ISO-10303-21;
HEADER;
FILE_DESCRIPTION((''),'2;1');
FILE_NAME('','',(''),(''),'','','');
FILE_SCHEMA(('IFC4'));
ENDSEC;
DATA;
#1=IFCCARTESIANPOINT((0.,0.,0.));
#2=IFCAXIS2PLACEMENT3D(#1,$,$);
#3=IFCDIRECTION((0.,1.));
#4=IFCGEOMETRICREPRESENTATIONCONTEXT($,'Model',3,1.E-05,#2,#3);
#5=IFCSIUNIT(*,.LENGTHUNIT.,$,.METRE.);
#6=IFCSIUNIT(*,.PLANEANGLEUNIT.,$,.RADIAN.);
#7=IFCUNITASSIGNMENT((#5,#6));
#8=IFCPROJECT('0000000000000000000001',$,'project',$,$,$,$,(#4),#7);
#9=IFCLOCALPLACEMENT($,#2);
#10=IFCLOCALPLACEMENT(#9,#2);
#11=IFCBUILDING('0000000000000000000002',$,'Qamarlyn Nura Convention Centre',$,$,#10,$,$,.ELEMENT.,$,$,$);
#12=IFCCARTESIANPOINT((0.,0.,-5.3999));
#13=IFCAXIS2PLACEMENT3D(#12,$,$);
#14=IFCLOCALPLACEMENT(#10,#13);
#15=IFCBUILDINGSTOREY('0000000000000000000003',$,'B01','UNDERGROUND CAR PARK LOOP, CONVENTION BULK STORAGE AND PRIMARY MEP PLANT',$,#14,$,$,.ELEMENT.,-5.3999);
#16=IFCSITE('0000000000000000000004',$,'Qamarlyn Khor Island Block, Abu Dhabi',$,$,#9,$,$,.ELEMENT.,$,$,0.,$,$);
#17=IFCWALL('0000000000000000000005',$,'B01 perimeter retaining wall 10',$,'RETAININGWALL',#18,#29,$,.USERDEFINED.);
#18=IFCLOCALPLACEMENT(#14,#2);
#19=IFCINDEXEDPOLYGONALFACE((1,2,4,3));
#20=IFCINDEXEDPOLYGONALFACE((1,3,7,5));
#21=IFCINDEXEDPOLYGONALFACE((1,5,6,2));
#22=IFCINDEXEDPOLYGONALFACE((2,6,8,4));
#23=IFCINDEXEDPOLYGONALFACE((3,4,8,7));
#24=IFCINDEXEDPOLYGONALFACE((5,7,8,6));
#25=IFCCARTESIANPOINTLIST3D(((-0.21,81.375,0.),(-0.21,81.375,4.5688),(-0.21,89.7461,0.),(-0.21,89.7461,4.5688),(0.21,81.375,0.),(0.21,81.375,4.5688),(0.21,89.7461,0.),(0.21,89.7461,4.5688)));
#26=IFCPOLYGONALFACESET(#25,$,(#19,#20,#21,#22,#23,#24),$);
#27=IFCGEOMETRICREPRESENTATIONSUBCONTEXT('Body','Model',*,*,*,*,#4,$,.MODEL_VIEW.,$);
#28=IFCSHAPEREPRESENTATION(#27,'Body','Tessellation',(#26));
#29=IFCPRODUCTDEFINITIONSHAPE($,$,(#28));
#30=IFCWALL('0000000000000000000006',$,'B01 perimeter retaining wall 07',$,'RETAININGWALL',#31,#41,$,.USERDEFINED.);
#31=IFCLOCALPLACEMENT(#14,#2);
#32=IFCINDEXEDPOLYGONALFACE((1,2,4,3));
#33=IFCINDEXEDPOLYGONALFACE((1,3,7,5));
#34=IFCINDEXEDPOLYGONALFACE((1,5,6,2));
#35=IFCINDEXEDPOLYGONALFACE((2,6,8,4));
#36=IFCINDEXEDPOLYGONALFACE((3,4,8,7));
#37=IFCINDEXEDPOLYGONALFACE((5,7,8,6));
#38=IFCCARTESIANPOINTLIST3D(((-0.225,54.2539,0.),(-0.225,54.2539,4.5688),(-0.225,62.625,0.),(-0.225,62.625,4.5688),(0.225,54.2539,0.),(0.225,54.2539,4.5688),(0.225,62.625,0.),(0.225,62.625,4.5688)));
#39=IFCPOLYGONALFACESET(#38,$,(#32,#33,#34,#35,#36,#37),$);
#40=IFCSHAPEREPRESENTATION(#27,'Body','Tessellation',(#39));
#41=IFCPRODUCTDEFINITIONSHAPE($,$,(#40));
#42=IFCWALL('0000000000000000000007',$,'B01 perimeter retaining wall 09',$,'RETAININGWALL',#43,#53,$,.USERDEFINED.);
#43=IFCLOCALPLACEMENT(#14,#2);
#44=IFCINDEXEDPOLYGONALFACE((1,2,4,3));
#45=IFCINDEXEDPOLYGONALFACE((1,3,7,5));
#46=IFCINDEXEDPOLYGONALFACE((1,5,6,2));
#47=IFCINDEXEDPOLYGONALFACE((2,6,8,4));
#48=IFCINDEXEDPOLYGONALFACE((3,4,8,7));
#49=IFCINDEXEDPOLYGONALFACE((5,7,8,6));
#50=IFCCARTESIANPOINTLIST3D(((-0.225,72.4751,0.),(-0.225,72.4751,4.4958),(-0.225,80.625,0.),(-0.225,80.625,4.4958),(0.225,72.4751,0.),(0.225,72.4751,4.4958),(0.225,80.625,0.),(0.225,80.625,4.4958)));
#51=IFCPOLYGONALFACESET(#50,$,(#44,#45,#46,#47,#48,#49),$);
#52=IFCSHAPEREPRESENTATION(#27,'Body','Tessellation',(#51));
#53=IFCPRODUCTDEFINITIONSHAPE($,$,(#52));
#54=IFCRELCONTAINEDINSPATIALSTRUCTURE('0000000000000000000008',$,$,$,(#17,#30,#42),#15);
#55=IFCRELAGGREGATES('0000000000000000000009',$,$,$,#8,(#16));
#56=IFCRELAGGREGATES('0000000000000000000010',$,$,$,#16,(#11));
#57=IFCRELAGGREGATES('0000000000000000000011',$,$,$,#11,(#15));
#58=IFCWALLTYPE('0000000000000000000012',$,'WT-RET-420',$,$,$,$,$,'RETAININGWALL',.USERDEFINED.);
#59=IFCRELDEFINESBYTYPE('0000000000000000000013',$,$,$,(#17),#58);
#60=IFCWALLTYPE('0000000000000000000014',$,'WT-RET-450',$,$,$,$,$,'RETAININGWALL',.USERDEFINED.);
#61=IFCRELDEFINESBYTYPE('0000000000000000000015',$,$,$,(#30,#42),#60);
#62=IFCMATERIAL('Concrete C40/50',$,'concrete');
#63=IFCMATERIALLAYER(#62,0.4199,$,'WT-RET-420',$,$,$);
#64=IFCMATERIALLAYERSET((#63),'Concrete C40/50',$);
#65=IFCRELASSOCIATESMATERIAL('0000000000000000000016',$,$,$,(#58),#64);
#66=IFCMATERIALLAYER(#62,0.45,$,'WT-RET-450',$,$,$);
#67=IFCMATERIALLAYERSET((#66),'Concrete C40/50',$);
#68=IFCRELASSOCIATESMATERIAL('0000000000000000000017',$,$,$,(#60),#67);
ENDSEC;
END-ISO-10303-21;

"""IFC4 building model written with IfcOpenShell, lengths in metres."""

from ifc_helpers import new_model, si_unit, direction, frame, frame_2d, origin, place, context, subcontext, project, spatial, rectangle, extrude, material, layer, layer_set, type_object, element, save


model = new_model("IFC4")

# Units and contexts
model_context = context("Model", 3, precision=1e-05, world=origin(), true_north=direction((0.0, 1.0)))
body_context = subcontext(model_context, "Body", "Model", "MODEL_VIEW")
ifc_project = project(units=[si_unit("LENGTHUNIT", "METRE"), si_unit("PLANEANGLEUNIT", "RADIAN")], contexts=[model_context])

# Site, building, storey
site_placement = place(None, origin())
site = spatial("IfcSite", under=ifc_project, at=site_placement, Name="Qamarlyn Khor Island Block, Abu Dhabi", CompositionType="ELEMENT", RefElevation=0.0)
building_placement = place(site_placement, origin())
building = spatial("IfcBuilding", under=site, at=building_placement, Name="Qamarlyn Nura Convention Centre", CompositionType="ELEMENT")
storey_placement = place(building_placement, frame((0.0, 0.0, -5.3999)))
storey = spatial("IfcBuildingStorey", under=building, at=storey_placement, Name="B01", Description="UNDERGROUND CAR PARK LOOP, CONVENTION BULK STORAGE AND PRIMARY MEP PLANT", CompositionType="ELEMENT", Elevation=-5.3999)

# Shared definitions
ifc_material_1 = material(Name="Concrete C40/50", Category="concrete")

# Walls
ifc_layer_1 = layer(ifc_material_1, 0.4199, Name="WT-RET-420")
ifc_layer_set_1 = layer_set([ifc_layer_1], Name="Concrete C40/50")
wall_type_1 = type_object("IfcWallType", Name="WT-RET-420", ElementType="RETAININGWALL", PredefinedType="USERDEFINED", material=ifc_layer_set_1)
wall_1_placement = place(storey_placement, frame((0.0, 81.375, 0.0), z_axis=(0.0, 0.0, 1.0), x_axis=(0.0, 1.0, 0.0)))
element("IfcWall", 1, at=wall_1_placement, inside=storey, type_object=wall_type_1, Name="B01 perimeter retaining wall 10", ObjectType="RETAININGWALL", PredefinedType="USERDEFINED", context=body_context, shape_type="SweptSolid", body=[
    extrude(rectangle(XDim=8.3711, YDim=0.4199, at=frame_2d((4.1855, 0.0))), origin(), (0.0, 0.0, 1.0), 4.5688),
])
ifc_layer_2 = layer(ifc_material_1, 0.45, Name="WT-RET-450")
ifc_layer_set_2 = layer_set([ifc_layer_2], Name="Concrete C40/50")
wall_type_2 = type_object("IfcWallType", Name="WT-RET-450", ElementType="RETAININGWALL", PredefinedType="USERDEFINED", material=ifc_layer_set_2)
wall_2_placement = place(storey_placement, frame((0.0, 54.2539, 0.0), z_axis=(0.0, 0.0, 1.0), x_axis=(0.0, 1.0, 0.0)))
element("IfcWall", 2, at=wall_2_placement, inside=storey, type_object=wall_type_2, Name="B01 perimeter retaining wall 07", ObjectType="RETAININGWALL", PredefinedType="USERDEFINED", context=body_context, shape_type="SweptSolid", body=[
    extrude(rectangle(XDim=8.3711, YDim=0.45, at=frame_2d((4.1855, 0.0))), origin(), (0.0, 0.0, 1.0), 4.5688),
])
wall_3_placement = place(storey_placement, frame((0.0, 72.4751, 0.0), z_axis=(0.0, 0.0, 1.0), x_axis=(0.0, 1.0, 0.0)))
element("IfcWall", 3, at=wall_3_placement, inside=storey, type_object=wall_type_2, Name="B01 perimeter retaining wall 09", ObjectType="RETAININGWALL", PredefinedType="USERDEFINED", context=body_context, shape_type="SweptSolid", body=[
    extrude(rectangle(XDim=8.1499, YDim=0.45, at=frame_2d((4.075, 0.0))), origin(), (0.0, 0.0, 1.0), 4.4958),
])

save(model, "model.ifc")
